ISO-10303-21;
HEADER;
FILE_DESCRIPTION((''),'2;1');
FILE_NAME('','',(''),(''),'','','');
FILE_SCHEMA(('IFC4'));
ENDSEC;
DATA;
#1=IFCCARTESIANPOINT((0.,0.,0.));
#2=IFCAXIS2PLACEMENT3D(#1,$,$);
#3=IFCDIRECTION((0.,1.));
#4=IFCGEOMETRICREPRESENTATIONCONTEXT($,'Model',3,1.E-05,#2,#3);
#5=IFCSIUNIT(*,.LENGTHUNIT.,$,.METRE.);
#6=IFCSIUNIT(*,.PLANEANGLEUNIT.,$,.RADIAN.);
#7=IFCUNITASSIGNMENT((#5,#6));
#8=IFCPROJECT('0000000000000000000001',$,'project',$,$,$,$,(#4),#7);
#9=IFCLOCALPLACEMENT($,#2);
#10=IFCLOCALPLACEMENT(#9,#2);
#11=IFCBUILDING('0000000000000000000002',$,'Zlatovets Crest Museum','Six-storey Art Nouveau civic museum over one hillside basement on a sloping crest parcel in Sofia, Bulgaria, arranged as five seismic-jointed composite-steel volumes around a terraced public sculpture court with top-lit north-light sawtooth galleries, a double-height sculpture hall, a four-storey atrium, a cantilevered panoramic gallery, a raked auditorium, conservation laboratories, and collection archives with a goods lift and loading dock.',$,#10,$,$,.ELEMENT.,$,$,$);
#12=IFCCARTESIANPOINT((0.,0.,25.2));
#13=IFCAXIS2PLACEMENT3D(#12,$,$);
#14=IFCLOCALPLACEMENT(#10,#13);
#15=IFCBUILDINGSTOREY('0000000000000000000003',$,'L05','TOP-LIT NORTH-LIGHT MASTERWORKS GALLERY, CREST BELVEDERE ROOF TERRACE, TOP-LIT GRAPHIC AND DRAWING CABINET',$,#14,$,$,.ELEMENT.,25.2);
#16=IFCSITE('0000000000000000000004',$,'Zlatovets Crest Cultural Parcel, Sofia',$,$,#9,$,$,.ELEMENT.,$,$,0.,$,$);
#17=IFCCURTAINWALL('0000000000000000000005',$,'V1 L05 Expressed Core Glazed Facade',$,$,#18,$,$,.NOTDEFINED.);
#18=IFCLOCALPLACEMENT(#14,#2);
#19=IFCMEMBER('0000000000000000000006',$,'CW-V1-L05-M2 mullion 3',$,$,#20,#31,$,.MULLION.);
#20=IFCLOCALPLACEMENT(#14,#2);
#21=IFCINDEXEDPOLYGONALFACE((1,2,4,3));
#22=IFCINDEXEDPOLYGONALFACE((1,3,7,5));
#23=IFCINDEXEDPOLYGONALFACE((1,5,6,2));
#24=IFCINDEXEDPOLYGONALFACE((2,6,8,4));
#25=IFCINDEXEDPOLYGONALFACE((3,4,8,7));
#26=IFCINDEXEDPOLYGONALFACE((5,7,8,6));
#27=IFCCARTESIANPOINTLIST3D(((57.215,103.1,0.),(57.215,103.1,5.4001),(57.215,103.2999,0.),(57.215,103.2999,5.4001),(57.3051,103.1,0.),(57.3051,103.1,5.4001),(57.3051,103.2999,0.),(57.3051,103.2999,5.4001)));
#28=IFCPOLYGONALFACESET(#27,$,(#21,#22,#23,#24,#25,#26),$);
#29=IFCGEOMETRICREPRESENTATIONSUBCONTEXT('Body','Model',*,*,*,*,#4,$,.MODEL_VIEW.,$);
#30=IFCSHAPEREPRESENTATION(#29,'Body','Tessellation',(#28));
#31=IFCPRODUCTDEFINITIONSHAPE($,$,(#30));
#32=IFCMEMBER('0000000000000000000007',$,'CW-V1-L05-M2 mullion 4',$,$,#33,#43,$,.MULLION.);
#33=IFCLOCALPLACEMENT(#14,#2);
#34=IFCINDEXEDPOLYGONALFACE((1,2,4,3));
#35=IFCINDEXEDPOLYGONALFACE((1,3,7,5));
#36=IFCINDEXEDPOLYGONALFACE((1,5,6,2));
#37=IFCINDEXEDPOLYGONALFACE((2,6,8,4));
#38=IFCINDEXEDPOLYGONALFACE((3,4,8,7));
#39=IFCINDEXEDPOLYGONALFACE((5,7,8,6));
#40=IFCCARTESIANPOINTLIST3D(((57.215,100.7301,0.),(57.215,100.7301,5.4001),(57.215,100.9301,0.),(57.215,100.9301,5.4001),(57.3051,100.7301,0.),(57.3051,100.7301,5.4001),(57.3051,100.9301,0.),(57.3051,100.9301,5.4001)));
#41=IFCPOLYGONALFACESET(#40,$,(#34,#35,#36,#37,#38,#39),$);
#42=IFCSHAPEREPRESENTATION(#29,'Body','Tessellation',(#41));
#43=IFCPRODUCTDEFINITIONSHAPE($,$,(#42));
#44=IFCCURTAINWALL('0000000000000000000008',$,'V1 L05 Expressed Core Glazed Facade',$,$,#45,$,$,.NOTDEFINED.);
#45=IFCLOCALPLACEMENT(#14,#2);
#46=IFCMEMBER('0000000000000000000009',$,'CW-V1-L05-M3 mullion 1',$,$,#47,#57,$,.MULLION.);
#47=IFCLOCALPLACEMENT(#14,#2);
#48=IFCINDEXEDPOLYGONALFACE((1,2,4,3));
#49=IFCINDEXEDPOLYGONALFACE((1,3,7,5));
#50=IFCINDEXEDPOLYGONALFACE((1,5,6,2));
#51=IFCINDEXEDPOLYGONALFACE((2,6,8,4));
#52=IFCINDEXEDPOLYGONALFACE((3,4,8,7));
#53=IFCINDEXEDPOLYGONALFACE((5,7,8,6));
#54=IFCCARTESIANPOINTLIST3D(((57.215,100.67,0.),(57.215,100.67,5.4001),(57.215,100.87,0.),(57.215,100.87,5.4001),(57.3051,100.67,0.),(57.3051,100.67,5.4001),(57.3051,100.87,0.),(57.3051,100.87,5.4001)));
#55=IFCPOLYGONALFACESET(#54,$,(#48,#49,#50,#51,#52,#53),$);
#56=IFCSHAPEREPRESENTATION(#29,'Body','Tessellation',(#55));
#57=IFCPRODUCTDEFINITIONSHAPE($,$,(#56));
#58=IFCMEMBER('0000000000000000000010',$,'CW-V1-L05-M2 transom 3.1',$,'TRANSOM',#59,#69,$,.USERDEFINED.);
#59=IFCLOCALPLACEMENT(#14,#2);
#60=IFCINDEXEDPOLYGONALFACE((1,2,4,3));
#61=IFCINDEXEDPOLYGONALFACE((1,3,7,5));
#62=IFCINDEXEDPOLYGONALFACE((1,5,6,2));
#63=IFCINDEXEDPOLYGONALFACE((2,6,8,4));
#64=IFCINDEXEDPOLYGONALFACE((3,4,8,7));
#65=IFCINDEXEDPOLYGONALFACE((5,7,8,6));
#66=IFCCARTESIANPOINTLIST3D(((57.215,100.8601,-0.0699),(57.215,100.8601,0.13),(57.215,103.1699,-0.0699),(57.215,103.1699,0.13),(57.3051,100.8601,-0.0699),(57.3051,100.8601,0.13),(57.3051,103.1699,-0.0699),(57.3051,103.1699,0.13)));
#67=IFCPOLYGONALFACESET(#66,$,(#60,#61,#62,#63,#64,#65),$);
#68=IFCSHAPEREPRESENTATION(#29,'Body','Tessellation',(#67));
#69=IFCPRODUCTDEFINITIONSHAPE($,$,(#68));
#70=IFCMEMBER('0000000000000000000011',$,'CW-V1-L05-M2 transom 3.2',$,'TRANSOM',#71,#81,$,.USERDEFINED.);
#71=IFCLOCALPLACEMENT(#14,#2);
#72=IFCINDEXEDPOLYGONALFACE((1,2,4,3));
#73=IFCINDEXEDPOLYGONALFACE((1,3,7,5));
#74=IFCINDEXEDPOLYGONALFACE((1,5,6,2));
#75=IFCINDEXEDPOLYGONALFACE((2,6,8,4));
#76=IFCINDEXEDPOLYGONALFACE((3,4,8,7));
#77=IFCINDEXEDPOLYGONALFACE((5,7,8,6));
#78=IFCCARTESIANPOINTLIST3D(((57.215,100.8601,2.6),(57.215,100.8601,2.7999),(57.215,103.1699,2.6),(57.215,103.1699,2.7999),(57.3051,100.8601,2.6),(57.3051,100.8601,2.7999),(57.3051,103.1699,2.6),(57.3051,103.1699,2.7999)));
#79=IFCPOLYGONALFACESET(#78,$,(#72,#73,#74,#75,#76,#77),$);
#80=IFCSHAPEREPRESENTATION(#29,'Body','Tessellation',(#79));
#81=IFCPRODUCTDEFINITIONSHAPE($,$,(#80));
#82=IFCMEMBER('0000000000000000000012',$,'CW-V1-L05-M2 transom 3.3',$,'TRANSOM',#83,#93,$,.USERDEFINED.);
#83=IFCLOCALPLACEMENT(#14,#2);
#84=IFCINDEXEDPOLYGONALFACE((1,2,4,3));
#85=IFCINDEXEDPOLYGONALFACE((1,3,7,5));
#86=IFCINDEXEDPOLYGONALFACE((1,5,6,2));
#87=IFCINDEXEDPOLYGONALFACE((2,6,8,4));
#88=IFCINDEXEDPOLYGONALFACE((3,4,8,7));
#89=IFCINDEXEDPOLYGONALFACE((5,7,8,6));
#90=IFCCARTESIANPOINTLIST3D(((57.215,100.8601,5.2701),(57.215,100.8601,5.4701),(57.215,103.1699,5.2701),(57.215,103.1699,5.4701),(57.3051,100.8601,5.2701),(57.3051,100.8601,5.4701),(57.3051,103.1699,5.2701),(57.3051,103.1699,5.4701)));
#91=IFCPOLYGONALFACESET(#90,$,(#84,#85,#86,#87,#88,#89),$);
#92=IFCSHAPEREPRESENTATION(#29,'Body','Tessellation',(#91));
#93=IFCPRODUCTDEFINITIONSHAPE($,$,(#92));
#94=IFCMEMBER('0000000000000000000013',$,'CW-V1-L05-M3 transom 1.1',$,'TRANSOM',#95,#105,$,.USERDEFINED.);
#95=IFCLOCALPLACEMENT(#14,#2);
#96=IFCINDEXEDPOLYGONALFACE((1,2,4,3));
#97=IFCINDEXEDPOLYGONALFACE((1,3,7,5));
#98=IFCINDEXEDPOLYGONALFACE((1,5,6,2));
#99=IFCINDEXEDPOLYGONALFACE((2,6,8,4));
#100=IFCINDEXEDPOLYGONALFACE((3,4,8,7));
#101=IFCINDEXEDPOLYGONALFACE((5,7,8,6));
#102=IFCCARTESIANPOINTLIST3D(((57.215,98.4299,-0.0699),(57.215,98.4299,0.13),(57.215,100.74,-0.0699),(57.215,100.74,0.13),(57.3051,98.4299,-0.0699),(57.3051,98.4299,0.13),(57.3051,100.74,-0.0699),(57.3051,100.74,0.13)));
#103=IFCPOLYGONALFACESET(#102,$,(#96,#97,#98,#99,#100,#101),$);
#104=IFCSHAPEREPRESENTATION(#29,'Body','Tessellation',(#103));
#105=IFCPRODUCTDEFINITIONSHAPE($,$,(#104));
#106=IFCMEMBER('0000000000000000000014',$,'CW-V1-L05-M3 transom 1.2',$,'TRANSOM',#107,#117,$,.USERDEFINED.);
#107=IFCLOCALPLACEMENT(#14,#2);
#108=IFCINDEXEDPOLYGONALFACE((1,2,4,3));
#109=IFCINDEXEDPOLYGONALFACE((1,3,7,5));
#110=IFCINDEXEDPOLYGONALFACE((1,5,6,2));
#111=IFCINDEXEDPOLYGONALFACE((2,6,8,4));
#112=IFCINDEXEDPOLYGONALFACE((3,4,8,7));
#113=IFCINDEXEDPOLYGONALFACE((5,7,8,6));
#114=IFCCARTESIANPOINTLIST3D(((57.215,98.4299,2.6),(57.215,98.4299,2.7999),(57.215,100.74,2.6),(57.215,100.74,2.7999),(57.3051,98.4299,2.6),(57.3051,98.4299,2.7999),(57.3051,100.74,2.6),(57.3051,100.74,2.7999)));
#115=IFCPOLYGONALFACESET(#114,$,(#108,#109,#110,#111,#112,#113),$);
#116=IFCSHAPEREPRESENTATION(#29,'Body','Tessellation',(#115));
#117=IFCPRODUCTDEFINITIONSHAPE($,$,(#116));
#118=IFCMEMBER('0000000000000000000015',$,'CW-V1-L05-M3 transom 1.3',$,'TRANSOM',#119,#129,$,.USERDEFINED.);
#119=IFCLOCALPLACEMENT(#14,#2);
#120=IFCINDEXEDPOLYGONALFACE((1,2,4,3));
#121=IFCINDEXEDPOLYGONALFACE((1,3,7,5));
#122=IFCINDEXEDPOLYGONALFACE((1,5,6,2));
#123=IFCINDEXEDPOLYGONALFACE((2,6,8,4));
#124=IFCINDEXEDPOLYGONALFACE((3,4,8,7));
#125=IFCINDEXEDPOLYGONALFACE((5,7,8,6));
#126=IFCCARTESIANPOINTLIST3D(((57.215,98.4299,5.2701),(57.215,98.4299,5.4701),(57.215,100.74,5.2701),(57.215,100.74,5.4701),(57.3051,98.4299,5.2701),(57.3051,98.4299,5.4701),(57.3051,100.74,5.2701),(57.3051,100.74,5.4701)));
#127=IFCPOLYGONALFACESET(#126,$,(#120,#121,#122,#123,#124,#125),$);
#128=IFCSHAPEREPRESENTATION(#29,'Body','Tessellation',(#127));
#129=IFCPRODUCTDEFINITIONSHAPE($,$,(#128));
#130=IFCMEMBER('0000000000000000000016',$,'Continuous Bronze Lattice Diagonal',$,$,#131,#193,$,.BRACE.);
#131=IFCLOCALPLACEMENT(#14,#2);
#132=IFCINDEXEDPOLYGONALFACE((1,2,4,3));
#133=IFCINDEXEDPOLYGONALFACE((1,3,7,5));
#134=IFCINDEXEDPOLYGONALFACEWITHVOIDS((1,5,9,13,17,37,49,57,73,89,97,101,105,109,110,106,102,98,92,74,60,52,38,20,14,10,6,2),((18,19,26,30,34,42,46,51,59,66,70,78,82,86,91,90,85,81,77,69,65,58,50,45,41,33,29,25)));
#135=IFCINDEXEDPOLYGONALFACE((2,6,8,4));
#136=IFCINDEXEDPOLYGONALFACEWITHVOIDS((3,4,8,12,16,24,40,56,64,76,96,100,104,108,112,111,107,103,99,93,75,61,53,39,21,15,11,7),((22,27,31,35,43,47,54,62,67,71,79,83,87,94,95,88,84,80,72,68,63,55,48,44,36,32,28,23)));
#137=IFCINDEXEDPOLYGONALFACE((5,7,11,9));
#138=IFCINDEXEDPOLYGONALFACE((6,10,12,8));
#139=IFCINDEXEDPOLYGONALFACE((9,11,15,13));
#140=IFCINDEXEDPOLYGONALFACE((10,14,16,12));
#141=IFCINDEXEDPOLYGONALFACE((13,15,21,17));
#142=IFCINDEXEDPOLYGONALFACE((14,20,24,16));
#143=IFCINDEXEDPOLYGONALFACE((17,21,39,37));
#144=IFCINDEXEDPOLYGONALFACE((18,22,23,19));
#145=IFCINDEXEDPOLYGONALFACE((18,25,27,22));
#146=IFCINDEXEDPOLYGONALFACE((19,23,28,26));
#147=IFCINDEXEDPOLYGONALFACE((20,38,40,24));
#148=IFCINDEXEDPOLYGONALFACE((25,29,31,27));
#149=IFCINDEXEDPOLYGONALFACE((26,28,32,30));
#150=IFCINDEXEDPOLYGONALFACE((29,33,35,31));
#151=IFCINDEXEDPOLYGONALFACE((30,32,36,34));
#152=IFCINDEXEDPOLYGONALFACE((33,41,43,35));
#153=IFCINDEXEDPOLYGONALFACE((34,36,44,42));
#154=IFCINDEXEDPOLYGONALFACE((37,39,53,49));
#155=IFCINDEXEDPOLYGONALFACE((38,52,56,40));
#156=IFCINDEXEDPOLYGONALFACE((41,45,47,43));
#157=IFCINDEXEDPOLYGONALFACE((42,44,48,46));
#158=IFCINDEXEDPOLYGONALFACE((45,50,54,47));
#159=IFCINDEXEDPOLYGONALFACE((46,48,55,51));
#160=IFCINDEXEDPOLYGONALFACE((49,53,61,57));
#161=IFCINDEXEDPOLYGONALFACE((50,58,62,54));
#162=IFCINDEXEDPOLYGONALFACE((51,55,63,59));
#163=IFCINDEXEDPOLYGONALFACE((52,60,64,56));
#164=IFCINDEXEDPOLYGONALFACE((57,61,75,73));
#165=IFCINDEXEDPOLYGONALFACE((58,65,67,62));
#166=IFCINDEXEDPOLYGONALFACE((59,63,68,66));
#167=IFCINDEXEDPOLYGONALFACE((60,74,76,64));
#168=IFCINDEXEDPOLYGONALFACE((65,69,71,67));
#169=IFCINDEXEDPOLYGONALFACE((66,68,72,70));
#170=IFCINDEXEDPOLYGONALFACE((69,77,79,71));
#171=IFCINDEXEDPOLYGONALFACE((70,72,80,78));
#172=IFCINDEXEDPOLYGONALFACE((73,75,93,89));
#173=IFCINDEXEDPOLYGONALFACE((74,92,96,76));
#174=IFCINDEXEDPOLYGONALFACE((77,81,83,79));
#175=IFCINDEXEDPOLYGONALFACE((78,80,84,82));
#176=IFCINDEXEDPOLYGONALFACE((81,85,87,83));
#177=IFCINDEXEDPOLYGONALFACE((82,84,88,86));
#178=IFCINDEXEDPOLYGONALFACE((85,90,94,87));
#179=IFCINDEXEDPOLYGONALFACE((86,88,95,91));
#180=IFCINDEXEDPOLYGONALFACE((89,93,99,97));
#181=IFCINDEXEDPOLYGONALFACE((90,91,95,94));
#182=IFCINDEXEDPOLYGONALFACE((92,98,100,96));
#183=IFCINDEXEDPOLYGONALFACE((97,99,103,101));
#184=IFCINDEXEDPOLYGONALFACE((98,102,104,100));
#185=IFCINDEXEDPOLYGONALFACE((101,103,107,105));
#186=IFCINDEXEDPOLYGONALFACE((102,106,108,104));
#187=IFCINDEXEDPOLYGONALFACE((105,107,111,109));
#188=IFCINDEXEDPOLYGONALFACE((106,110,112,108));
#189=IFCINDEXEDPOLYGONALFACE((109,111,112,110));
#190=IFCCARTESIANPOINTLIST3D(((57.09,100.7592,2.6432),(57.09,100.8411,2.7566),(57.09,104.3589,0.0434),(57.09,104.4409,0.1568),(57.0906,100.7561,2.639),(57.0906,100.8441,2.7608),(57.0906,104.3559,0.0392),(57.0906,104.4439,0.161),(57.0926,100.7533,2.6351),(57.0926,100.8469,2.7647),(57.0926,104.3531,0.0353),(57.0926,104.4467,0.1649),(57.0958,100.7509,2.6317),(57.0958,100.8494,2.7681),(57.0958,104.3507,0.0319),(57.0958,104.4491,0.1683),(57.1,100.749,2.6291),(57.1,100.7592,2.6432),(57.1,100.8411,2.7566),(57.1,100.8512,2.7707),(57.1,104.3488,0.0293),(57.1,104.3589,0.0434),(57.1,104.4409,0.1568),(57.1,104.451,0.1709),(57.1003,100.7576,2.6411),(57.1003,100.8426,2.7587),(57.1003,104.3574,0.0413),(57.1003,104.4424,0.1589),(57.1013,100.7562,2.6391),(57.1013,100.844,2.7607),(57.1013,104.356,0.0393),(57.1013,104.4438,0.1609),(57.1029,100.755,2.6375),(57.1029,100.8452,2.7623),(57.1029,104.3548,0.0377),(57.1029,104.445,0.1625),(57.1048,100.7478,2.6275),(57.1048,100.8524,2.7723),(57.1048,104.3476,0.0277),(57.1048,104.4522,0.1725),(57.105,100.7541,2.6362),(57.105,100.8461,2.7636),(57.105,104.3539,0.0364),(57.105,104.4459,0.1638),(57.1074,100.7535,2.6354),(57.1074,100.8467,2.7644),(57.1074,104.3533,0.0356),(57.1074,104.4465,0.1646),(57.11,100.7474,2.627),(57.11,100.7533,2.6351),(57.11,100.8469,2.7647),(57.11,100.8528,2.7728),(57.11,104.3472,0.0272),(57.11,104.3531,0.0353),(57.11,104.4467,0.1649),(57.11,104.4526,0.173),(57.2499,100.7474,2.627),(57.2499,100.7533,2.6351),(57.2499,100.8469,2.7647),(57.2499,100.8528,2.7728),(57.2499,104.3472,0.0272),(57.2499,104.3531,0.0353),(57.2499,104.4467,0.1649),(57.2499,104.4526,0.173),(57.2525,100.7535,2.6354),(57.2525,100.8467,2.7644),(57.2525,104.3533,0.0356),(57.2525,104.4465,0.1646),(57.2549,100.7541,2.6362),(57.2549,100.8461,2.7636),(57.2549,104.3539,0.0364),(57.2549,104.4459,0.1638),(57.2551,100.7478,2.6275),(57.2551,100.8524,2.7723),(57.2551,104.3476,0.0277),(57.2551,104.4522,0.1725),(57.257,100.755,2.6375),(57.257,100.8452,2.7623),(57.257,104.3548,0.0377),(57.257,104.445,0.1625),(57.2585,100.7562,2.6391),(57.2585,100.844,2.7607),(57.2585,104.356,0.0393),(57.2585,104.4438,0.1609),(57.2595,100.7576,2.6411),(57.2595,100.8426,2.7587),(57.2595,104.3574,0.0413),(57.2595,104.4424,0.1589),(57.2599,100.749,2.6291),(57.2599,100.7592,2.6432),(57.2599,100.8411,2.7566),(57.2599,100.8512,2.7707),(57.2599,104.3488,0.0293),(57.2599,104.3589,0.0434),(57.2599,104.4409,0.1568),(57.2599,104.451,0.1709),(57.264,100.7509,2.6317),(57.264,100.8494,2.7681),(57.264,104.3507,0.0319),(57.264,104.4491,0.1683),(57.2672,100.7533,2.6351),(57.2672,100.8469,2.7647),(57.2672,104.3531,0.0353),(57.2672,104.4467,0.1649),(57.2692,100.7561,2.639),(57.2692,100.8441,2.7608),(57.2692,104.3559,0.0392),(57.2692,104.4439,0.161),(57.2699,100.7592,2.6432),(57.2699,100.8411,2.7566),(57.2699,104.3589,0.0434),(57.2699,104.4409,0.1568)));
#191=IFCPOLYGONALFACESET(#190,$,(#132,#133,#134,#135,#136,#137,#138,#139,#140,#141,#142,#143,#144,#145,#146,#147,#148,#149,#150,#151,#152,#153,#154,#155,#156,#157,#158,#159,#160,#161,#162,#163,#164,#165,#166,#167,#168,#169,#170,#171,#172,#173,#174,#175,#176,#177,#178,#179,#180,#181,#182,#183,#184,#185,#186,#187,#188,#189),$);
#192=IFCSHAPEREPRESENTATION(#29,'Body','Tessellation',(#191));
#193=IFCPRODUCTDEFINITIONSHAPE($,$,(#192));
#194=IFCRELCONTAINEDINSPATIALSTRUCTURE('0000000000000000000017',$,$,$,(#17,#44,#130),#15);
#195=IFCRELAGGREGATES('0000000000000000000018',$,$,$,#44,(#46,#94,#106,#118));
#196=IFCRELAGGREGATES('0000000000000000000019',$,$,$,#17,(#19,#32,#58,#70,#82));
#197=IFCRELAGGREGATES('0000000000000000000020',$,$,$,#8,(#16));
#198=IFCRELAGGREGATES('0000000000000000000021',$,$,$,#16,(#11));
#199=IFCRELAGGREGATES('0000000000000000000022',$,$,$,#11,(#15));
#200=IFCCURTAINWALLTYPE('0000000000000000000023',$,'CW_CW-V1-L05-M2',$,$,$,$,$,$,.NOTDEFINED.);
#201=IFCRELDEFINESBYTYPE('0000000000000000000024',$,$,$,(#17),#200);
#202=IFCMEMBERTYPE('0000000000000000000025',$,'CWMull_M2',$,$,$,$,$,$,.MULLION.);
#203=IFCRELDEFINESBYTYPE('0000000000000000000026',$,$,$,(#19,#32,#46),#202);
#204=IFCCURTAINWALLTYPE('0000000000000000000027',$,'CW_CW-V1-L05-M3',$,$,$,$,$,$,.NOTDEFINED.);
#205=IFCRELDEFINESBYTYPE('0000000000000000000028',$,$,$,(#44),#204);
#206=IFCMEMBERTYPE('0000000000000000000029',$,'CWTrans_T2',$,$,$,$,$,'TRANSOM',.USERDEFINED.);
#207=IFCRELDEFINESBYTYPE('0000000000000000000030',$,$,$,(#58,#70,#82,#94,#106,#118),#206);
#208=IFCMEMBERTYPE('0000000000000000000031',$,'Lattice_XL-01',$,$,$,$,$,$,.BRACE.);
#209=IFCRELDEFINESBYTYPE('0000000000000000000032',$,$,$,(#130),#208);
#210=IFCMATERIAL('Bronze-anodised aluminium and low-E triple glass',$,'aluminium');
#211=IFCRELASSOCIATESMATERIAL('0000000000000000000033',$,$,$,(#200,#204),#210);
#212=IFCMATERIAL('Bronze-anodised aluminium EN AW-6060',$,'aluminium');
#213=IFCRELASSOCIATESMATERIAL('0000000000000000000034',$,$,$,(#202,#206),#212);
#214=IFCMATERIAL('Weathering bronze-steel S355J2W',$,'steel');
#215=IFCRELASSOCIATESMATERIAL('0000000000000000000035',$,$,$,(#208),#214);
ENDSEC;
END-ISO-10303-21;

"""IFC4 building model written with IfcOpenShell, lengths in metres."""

from ifc_helpers import new_model, si_unit, direction, frame, origin, origin_2d, place, context, subcontext, project, spatial, rectangle, hollow_rectangle, extrude, material, material_profile, profile_set, type_object, element, aggregate, save


model = new_model("IFC4")

# Units and contexts
model_context = context("Model", 3, precision=1e-05, world=origin(), true_north=direction((0.0, 1.0)))
body_context = subcontext(model_context, "Body", "Model", "MODEL_VIEW")
ifc_project = project(units=[si_unit("LENGTHUNIT", "METRE"), si_unit("PLANEANGLEUNIT", "RADIAN")], contexts=[model_context])

# Site, building, storey
site_placement = place(None, origin())
site = spatial("IfcSite", under=ifc_project, at=site_placement, Name="Zlatovets Crest Cultural Parcel, Sofia", CompositionType="ELEMENT", RefElevation=0.0)
building_placement = place(site_placement, origin())
building = spatial("IfcBuilding", under=site, at=building_placement, Name="Zlatovets Crest Museum", Description="Six-storey Art Nouveau civic museum over one hillside basement on a sloping crest parcel in Sofia, Bulgaria, arranged as five seismic-jointed composite-steel volumes around a terraced public sculpture court with top-lit north-light sawtooth galleries, a double-height sculpture hall, a four-storey atrium, a cantilevered panoramic gallery, a raked auditorium, conservation laboratories, and collection archives with a goods lift and loading dock.", CompositionType="ELEMENT")
storey_placement = place(building_placement, frame((0.0, 0.0, 25.2)))
storey = spatial("IfcBuildingStorey", under=building, at=storey_placement, Name="L05", Description="TOP-LIT NORTH-LIGHT MASTERWORKS GALLERY, CREST BELVEDERE ROOF TERRACE, TOP-LIT GRAPHIC AND DRAWING CABINET", CompositionType="ELEMENT", Elevation=25.2)

# Curtain wall, members
ifc_material_1 = material(Name="Bronze-anodised aluminium and low-E triple glass", Category="aluminium")
curtain_wall_type_1 = type_object("IfcCurtainWallType", Name="CW_CW-V1-L05-M2", PredefinedType="NOTDEFINED", material=ifc_material_1)
curtain_wall_1_placement = place(storey_placement, origin())
curtain_wall_1 = element("IfcCurtainWall", 1, at=curtain_wall_1_placement, inside=storey, type_object=curtain_wall_type_1, Name="V1 L05 Expressed Core Glazed Facade", PredefinedType="NOTDEFINED")
ifc_material_2 = material(Name="Bronze-anodised aluminium EN AW-6060", Category="aluminium")
ifc_material_profile_1 = material_profile(ifc_material_2, rectangle(XDim=0.0901, YDim=0.2, at=origin_2d()), Name="ALU 90x200")
ifc_profile_set_1 = profile_set([ifc_material_profile_1], Name="Bronze-anodised aluminium EN AW-6060")
member_type_1 = type_object("IfcMemberType", Name="CWMull_M2", PredefinedType="MULLION", material=ifc_profile_set_1)
member_1_placement = place(storey_placement, frame((57.26, 103.2, 0.0), z_axis=(0.0, 0.0, 1.0), x_axis=(1.0, 0.0, 0.0)))
member_1 = element("IfcMember", 2, at=member_1_placement, type_object=member_type_1, Name="CW-V1-L05-M2 mullion 3", PredefinedType="MULLION", context=body_context, shape_type="SweptSolid", body=[
    extrude(rectangle(XDim=0.0901, YDim=0.2, at=origin_2d()), origin(), (0.0, 0.0, 1.0), 5.4001),
])
member_2_placement = place(storey_placement, frame((57.26, 100.8301, 0.0), z_axis=(0.0, 0.0, 1.0), x_axis=(1.0, 0.0, 0.0)))
member_2 = element("IfcMember", 3, at=member_2_placement, type_object=member_type_1, Name="CW-V1-L05-M2 mullion 4", PredefinedType="MULLION", context=body_context, shape_type="SweptSolid", body=[
    extrude(rectangle(XDim=0.0901, YDim=0.2, at=origin_2d()), origin(), (0.0, 0.0, 1.0), 5.4001),
])

# Curtain wall, member
curtain_wall_type_2 = type_object("IfcCurtainWallType", Name="CW_CW-V1-L05-M3", PredefinedType="NOTDEFINED", material=ifc_material_1)
curtain_wall_2_placement = place(storey_placement, origin())
curtain_wall_2 = element("IfcCurtainWall", 4, at=curtain_wall_2_placement, inside=storey, type_object=curtain_wall_type_2, Name="V1 L05 Expressed Core Glazed Facade", PredefinedType="NOTDEFINED")
member_3_placement = place(storey_placement, frame((57.26, 100.77, 0.0), z_axis=(0.0, 0.0, 1.0), x_axis=(1.0, 0.0, 0.0)))
member_3 = element("IfcMember", 5, at=member_3_placement, type_object=member_type_1, Name="CW-V1-L05-M3 mullion 1", PredefinedType="MULLION", context=body_context, shape_type="SweptSolid", body=[
    extrude(rectangle(XDim=0.0901, YDim=0.2, at=origin_2d()), origin(), (0.0, 0.0, 1.0), 5.4001),
])

# Members
ifc_material_profile_2 = material_profile(ifc_material_2, rectangle(XDim=0.0901, YDim=0.2, at=origin_2d()), Name="ALU 90x200")
ifc_profile_set_2 = profile_set([ifc_material_profile_2], Name="Bronze-anodised aluminium EN AW-6060")
member_type_2 = type_object("IfcMemberType", Name="CWTrans_T2", ElementType="TRANSOM", PredefinedType="USERDEFINED", material=ifc_profile_set_2)
member_4_placement = place(storey_placement, frame((57.26, 103.1699, 0.03), z_axis=(0.0, -1.0, 0.0), x_axis=(1.0, 0.0, 0.0)))
member_4 = element("IfcMember", 6, at=member_4_placement, type_object=member_type_2, Name="CW-V1-L05-M2 transom 3.1", ObjectType="TRANSOM", PredefinedType="USERDEFINED", context=body_context, shape_type="SweptSolid", body=[
    extrude(rectangle(XDim=0.0901, YDim=0.2, at=origin_2d()), origin(), (0.0, 0.0, 1.0), 2.3098),
])
member_5_placement = place(storey_placement, frame((57.26, 103.1699, 2.7), z_axis=(0.0, -1.0, 0.0), x_axis=(1.0, 0.0, 0.0)))
member_5 = element("IfcMember", 7, at=member_5_placement, type_object=member_type_2, Name="CW-V1-L05-M2 transom 3.2", ObjectType="TRANSOM", PredefinedType="USERDEFINED", context=body_context, shape_type="SweptSolid", body=[
    extrude(rectangle(XDim=0.0901, YDim=0.2, at=origin_2d()), origin(), (0.0, 0.0, 1.0), 2.3098),
])
member_6_placement = place(storey_placement, frame((57.26, 103.1699, 5.3701), z_axis=(0.0, -1.0, 0.0), x_axis=(1.0, 0.0, 0.0)))
member_6 = element("IfcMember", 8, at=member_6_placement, type_object=member_type_2, Name="CW-V1-L05-M2 transom 3.3", ObjectType="TRANSOM", PredefinedType="USERDEFINED", context=body_context, shape_type="SweptSolid", body=[
    extrude(rectangle(XDim=0.0901, YDim=0.2, at=origin_2d()), origin(), (0.0, 0.0, 1.0), 2.3098),
])
member_7_placement = place(storey_placement, frame((57.26, 100.74, 0.03), z_axis=(0.0, -1.0, 0.0), x_axis=(1.0, 0.0, 0.0)))
member_7 = element("IfcMember", 9, at=member_7_placement, type_object=member_type_2, Name="CW-V1-L05-M3 transom 1.1", ObjectType="TRANSOM", PredefinedType="USERDEFINED", context=body_context, shape_type="SweptSolid", body=[
    extrude(rectangle(XDim=0.0901, YDim=0.2, at=origin_2d()), origin(), (0.0, 0.0, 1.0), 2.3101),
])
member_8_placement = place(storey_placement, frame((57.26, 100.74, 2.7), z_axis=(0.0, -1.0, 0.0), x_axis=(1.0, 0.0, 0.0)))
member_8 = element("IfcMember", 10, at=member_8_placement, type_object=member_type_2, Name="CW-V1-L05-M3 transom 1.2", ObjectType="TRANSOM", PredefinedType="USERDEFINED", context=body_context, shape_type="SweptSolid", body=[
    extrude(rectangle(XDim=0.0901, YDim=0.2, at=origin_2d()), origin(), (0.0, 0.0, 1.0), 2.3101),
])
member_9_placement = place(storey_placement, frame((57.26, 100.74, 5.3701), z_axis=(0.0, -1.0, 0.0), x_axis=(1.0, 0.0, 0.0)))
member_9 = element("IfcMember", 11, at=member_9_placement, type_object=member_type_2, Name="CW-V1-L05-M3 transom 1.3", ObjectType="TRANSOM", PredefinedType="USERDEFINED", context=body_context, shape_type="SweptSolid", body=[
    extrude(rectangle(XDim=0.0901, YDim=0.2, at=origin_2d()), origin(), (0.0, 0.0, 1.0), 2.3101),
])
aggregate(curtain_wall_2, [member_3, member_7, member_8, member_9])

# Member
ifc_material_3 = material(Name="Weathering bronze-steel S355J2W", Category="steel")
ifc_material_profile_3 = material_profile(ifc_material_3, hollow_rectangle(XDim=0.1799, YDim=0.1799, WallThickness=0.01, InnerFilletRadius=0.01, OuterFilletRadius=0.02, at=origin_2d()), Name="SHS 180x180x10.0")
ifc_profile_set_3 = profile_set([ifc_material_profile_3], Name="Weathering bronze-steel S355J2W")
member_type_3 = type_object("IfcMemberType", Name="Lattice_XL-01", PredefinedType="BRACE", material=ifc_profile_set_3)
member_10_placement = place(storey_placement, frame((57.1799, 104.3999, 0.1001), z_axis=(0.0, -0.810684, 0.585485), x_axis=(1.0, 0.0, 0.0)))
element("IfcMember", 12, at=member_10_placement, inside=storey, type_object=member_type_3, Name="Continuous Bronze Lattice Diagonal", PredefinedType="BRACE", context=body_context, shape_type="SweptSolid", body=[
    extrude(hollow_rectangle(XDim=0.1799, YDim=0.1799, WallThickness=0.01, InnerFilletRadius=0.01, OuterFilletRadius=0.02, at=origin_2d()), origin(), (0.0, 0.0, 1.0), 4.4404),
])

aggregate(curtain_wall_1, [member_1, member_2, member_4, member_5, member_6])

save(model, "model.ifc")
